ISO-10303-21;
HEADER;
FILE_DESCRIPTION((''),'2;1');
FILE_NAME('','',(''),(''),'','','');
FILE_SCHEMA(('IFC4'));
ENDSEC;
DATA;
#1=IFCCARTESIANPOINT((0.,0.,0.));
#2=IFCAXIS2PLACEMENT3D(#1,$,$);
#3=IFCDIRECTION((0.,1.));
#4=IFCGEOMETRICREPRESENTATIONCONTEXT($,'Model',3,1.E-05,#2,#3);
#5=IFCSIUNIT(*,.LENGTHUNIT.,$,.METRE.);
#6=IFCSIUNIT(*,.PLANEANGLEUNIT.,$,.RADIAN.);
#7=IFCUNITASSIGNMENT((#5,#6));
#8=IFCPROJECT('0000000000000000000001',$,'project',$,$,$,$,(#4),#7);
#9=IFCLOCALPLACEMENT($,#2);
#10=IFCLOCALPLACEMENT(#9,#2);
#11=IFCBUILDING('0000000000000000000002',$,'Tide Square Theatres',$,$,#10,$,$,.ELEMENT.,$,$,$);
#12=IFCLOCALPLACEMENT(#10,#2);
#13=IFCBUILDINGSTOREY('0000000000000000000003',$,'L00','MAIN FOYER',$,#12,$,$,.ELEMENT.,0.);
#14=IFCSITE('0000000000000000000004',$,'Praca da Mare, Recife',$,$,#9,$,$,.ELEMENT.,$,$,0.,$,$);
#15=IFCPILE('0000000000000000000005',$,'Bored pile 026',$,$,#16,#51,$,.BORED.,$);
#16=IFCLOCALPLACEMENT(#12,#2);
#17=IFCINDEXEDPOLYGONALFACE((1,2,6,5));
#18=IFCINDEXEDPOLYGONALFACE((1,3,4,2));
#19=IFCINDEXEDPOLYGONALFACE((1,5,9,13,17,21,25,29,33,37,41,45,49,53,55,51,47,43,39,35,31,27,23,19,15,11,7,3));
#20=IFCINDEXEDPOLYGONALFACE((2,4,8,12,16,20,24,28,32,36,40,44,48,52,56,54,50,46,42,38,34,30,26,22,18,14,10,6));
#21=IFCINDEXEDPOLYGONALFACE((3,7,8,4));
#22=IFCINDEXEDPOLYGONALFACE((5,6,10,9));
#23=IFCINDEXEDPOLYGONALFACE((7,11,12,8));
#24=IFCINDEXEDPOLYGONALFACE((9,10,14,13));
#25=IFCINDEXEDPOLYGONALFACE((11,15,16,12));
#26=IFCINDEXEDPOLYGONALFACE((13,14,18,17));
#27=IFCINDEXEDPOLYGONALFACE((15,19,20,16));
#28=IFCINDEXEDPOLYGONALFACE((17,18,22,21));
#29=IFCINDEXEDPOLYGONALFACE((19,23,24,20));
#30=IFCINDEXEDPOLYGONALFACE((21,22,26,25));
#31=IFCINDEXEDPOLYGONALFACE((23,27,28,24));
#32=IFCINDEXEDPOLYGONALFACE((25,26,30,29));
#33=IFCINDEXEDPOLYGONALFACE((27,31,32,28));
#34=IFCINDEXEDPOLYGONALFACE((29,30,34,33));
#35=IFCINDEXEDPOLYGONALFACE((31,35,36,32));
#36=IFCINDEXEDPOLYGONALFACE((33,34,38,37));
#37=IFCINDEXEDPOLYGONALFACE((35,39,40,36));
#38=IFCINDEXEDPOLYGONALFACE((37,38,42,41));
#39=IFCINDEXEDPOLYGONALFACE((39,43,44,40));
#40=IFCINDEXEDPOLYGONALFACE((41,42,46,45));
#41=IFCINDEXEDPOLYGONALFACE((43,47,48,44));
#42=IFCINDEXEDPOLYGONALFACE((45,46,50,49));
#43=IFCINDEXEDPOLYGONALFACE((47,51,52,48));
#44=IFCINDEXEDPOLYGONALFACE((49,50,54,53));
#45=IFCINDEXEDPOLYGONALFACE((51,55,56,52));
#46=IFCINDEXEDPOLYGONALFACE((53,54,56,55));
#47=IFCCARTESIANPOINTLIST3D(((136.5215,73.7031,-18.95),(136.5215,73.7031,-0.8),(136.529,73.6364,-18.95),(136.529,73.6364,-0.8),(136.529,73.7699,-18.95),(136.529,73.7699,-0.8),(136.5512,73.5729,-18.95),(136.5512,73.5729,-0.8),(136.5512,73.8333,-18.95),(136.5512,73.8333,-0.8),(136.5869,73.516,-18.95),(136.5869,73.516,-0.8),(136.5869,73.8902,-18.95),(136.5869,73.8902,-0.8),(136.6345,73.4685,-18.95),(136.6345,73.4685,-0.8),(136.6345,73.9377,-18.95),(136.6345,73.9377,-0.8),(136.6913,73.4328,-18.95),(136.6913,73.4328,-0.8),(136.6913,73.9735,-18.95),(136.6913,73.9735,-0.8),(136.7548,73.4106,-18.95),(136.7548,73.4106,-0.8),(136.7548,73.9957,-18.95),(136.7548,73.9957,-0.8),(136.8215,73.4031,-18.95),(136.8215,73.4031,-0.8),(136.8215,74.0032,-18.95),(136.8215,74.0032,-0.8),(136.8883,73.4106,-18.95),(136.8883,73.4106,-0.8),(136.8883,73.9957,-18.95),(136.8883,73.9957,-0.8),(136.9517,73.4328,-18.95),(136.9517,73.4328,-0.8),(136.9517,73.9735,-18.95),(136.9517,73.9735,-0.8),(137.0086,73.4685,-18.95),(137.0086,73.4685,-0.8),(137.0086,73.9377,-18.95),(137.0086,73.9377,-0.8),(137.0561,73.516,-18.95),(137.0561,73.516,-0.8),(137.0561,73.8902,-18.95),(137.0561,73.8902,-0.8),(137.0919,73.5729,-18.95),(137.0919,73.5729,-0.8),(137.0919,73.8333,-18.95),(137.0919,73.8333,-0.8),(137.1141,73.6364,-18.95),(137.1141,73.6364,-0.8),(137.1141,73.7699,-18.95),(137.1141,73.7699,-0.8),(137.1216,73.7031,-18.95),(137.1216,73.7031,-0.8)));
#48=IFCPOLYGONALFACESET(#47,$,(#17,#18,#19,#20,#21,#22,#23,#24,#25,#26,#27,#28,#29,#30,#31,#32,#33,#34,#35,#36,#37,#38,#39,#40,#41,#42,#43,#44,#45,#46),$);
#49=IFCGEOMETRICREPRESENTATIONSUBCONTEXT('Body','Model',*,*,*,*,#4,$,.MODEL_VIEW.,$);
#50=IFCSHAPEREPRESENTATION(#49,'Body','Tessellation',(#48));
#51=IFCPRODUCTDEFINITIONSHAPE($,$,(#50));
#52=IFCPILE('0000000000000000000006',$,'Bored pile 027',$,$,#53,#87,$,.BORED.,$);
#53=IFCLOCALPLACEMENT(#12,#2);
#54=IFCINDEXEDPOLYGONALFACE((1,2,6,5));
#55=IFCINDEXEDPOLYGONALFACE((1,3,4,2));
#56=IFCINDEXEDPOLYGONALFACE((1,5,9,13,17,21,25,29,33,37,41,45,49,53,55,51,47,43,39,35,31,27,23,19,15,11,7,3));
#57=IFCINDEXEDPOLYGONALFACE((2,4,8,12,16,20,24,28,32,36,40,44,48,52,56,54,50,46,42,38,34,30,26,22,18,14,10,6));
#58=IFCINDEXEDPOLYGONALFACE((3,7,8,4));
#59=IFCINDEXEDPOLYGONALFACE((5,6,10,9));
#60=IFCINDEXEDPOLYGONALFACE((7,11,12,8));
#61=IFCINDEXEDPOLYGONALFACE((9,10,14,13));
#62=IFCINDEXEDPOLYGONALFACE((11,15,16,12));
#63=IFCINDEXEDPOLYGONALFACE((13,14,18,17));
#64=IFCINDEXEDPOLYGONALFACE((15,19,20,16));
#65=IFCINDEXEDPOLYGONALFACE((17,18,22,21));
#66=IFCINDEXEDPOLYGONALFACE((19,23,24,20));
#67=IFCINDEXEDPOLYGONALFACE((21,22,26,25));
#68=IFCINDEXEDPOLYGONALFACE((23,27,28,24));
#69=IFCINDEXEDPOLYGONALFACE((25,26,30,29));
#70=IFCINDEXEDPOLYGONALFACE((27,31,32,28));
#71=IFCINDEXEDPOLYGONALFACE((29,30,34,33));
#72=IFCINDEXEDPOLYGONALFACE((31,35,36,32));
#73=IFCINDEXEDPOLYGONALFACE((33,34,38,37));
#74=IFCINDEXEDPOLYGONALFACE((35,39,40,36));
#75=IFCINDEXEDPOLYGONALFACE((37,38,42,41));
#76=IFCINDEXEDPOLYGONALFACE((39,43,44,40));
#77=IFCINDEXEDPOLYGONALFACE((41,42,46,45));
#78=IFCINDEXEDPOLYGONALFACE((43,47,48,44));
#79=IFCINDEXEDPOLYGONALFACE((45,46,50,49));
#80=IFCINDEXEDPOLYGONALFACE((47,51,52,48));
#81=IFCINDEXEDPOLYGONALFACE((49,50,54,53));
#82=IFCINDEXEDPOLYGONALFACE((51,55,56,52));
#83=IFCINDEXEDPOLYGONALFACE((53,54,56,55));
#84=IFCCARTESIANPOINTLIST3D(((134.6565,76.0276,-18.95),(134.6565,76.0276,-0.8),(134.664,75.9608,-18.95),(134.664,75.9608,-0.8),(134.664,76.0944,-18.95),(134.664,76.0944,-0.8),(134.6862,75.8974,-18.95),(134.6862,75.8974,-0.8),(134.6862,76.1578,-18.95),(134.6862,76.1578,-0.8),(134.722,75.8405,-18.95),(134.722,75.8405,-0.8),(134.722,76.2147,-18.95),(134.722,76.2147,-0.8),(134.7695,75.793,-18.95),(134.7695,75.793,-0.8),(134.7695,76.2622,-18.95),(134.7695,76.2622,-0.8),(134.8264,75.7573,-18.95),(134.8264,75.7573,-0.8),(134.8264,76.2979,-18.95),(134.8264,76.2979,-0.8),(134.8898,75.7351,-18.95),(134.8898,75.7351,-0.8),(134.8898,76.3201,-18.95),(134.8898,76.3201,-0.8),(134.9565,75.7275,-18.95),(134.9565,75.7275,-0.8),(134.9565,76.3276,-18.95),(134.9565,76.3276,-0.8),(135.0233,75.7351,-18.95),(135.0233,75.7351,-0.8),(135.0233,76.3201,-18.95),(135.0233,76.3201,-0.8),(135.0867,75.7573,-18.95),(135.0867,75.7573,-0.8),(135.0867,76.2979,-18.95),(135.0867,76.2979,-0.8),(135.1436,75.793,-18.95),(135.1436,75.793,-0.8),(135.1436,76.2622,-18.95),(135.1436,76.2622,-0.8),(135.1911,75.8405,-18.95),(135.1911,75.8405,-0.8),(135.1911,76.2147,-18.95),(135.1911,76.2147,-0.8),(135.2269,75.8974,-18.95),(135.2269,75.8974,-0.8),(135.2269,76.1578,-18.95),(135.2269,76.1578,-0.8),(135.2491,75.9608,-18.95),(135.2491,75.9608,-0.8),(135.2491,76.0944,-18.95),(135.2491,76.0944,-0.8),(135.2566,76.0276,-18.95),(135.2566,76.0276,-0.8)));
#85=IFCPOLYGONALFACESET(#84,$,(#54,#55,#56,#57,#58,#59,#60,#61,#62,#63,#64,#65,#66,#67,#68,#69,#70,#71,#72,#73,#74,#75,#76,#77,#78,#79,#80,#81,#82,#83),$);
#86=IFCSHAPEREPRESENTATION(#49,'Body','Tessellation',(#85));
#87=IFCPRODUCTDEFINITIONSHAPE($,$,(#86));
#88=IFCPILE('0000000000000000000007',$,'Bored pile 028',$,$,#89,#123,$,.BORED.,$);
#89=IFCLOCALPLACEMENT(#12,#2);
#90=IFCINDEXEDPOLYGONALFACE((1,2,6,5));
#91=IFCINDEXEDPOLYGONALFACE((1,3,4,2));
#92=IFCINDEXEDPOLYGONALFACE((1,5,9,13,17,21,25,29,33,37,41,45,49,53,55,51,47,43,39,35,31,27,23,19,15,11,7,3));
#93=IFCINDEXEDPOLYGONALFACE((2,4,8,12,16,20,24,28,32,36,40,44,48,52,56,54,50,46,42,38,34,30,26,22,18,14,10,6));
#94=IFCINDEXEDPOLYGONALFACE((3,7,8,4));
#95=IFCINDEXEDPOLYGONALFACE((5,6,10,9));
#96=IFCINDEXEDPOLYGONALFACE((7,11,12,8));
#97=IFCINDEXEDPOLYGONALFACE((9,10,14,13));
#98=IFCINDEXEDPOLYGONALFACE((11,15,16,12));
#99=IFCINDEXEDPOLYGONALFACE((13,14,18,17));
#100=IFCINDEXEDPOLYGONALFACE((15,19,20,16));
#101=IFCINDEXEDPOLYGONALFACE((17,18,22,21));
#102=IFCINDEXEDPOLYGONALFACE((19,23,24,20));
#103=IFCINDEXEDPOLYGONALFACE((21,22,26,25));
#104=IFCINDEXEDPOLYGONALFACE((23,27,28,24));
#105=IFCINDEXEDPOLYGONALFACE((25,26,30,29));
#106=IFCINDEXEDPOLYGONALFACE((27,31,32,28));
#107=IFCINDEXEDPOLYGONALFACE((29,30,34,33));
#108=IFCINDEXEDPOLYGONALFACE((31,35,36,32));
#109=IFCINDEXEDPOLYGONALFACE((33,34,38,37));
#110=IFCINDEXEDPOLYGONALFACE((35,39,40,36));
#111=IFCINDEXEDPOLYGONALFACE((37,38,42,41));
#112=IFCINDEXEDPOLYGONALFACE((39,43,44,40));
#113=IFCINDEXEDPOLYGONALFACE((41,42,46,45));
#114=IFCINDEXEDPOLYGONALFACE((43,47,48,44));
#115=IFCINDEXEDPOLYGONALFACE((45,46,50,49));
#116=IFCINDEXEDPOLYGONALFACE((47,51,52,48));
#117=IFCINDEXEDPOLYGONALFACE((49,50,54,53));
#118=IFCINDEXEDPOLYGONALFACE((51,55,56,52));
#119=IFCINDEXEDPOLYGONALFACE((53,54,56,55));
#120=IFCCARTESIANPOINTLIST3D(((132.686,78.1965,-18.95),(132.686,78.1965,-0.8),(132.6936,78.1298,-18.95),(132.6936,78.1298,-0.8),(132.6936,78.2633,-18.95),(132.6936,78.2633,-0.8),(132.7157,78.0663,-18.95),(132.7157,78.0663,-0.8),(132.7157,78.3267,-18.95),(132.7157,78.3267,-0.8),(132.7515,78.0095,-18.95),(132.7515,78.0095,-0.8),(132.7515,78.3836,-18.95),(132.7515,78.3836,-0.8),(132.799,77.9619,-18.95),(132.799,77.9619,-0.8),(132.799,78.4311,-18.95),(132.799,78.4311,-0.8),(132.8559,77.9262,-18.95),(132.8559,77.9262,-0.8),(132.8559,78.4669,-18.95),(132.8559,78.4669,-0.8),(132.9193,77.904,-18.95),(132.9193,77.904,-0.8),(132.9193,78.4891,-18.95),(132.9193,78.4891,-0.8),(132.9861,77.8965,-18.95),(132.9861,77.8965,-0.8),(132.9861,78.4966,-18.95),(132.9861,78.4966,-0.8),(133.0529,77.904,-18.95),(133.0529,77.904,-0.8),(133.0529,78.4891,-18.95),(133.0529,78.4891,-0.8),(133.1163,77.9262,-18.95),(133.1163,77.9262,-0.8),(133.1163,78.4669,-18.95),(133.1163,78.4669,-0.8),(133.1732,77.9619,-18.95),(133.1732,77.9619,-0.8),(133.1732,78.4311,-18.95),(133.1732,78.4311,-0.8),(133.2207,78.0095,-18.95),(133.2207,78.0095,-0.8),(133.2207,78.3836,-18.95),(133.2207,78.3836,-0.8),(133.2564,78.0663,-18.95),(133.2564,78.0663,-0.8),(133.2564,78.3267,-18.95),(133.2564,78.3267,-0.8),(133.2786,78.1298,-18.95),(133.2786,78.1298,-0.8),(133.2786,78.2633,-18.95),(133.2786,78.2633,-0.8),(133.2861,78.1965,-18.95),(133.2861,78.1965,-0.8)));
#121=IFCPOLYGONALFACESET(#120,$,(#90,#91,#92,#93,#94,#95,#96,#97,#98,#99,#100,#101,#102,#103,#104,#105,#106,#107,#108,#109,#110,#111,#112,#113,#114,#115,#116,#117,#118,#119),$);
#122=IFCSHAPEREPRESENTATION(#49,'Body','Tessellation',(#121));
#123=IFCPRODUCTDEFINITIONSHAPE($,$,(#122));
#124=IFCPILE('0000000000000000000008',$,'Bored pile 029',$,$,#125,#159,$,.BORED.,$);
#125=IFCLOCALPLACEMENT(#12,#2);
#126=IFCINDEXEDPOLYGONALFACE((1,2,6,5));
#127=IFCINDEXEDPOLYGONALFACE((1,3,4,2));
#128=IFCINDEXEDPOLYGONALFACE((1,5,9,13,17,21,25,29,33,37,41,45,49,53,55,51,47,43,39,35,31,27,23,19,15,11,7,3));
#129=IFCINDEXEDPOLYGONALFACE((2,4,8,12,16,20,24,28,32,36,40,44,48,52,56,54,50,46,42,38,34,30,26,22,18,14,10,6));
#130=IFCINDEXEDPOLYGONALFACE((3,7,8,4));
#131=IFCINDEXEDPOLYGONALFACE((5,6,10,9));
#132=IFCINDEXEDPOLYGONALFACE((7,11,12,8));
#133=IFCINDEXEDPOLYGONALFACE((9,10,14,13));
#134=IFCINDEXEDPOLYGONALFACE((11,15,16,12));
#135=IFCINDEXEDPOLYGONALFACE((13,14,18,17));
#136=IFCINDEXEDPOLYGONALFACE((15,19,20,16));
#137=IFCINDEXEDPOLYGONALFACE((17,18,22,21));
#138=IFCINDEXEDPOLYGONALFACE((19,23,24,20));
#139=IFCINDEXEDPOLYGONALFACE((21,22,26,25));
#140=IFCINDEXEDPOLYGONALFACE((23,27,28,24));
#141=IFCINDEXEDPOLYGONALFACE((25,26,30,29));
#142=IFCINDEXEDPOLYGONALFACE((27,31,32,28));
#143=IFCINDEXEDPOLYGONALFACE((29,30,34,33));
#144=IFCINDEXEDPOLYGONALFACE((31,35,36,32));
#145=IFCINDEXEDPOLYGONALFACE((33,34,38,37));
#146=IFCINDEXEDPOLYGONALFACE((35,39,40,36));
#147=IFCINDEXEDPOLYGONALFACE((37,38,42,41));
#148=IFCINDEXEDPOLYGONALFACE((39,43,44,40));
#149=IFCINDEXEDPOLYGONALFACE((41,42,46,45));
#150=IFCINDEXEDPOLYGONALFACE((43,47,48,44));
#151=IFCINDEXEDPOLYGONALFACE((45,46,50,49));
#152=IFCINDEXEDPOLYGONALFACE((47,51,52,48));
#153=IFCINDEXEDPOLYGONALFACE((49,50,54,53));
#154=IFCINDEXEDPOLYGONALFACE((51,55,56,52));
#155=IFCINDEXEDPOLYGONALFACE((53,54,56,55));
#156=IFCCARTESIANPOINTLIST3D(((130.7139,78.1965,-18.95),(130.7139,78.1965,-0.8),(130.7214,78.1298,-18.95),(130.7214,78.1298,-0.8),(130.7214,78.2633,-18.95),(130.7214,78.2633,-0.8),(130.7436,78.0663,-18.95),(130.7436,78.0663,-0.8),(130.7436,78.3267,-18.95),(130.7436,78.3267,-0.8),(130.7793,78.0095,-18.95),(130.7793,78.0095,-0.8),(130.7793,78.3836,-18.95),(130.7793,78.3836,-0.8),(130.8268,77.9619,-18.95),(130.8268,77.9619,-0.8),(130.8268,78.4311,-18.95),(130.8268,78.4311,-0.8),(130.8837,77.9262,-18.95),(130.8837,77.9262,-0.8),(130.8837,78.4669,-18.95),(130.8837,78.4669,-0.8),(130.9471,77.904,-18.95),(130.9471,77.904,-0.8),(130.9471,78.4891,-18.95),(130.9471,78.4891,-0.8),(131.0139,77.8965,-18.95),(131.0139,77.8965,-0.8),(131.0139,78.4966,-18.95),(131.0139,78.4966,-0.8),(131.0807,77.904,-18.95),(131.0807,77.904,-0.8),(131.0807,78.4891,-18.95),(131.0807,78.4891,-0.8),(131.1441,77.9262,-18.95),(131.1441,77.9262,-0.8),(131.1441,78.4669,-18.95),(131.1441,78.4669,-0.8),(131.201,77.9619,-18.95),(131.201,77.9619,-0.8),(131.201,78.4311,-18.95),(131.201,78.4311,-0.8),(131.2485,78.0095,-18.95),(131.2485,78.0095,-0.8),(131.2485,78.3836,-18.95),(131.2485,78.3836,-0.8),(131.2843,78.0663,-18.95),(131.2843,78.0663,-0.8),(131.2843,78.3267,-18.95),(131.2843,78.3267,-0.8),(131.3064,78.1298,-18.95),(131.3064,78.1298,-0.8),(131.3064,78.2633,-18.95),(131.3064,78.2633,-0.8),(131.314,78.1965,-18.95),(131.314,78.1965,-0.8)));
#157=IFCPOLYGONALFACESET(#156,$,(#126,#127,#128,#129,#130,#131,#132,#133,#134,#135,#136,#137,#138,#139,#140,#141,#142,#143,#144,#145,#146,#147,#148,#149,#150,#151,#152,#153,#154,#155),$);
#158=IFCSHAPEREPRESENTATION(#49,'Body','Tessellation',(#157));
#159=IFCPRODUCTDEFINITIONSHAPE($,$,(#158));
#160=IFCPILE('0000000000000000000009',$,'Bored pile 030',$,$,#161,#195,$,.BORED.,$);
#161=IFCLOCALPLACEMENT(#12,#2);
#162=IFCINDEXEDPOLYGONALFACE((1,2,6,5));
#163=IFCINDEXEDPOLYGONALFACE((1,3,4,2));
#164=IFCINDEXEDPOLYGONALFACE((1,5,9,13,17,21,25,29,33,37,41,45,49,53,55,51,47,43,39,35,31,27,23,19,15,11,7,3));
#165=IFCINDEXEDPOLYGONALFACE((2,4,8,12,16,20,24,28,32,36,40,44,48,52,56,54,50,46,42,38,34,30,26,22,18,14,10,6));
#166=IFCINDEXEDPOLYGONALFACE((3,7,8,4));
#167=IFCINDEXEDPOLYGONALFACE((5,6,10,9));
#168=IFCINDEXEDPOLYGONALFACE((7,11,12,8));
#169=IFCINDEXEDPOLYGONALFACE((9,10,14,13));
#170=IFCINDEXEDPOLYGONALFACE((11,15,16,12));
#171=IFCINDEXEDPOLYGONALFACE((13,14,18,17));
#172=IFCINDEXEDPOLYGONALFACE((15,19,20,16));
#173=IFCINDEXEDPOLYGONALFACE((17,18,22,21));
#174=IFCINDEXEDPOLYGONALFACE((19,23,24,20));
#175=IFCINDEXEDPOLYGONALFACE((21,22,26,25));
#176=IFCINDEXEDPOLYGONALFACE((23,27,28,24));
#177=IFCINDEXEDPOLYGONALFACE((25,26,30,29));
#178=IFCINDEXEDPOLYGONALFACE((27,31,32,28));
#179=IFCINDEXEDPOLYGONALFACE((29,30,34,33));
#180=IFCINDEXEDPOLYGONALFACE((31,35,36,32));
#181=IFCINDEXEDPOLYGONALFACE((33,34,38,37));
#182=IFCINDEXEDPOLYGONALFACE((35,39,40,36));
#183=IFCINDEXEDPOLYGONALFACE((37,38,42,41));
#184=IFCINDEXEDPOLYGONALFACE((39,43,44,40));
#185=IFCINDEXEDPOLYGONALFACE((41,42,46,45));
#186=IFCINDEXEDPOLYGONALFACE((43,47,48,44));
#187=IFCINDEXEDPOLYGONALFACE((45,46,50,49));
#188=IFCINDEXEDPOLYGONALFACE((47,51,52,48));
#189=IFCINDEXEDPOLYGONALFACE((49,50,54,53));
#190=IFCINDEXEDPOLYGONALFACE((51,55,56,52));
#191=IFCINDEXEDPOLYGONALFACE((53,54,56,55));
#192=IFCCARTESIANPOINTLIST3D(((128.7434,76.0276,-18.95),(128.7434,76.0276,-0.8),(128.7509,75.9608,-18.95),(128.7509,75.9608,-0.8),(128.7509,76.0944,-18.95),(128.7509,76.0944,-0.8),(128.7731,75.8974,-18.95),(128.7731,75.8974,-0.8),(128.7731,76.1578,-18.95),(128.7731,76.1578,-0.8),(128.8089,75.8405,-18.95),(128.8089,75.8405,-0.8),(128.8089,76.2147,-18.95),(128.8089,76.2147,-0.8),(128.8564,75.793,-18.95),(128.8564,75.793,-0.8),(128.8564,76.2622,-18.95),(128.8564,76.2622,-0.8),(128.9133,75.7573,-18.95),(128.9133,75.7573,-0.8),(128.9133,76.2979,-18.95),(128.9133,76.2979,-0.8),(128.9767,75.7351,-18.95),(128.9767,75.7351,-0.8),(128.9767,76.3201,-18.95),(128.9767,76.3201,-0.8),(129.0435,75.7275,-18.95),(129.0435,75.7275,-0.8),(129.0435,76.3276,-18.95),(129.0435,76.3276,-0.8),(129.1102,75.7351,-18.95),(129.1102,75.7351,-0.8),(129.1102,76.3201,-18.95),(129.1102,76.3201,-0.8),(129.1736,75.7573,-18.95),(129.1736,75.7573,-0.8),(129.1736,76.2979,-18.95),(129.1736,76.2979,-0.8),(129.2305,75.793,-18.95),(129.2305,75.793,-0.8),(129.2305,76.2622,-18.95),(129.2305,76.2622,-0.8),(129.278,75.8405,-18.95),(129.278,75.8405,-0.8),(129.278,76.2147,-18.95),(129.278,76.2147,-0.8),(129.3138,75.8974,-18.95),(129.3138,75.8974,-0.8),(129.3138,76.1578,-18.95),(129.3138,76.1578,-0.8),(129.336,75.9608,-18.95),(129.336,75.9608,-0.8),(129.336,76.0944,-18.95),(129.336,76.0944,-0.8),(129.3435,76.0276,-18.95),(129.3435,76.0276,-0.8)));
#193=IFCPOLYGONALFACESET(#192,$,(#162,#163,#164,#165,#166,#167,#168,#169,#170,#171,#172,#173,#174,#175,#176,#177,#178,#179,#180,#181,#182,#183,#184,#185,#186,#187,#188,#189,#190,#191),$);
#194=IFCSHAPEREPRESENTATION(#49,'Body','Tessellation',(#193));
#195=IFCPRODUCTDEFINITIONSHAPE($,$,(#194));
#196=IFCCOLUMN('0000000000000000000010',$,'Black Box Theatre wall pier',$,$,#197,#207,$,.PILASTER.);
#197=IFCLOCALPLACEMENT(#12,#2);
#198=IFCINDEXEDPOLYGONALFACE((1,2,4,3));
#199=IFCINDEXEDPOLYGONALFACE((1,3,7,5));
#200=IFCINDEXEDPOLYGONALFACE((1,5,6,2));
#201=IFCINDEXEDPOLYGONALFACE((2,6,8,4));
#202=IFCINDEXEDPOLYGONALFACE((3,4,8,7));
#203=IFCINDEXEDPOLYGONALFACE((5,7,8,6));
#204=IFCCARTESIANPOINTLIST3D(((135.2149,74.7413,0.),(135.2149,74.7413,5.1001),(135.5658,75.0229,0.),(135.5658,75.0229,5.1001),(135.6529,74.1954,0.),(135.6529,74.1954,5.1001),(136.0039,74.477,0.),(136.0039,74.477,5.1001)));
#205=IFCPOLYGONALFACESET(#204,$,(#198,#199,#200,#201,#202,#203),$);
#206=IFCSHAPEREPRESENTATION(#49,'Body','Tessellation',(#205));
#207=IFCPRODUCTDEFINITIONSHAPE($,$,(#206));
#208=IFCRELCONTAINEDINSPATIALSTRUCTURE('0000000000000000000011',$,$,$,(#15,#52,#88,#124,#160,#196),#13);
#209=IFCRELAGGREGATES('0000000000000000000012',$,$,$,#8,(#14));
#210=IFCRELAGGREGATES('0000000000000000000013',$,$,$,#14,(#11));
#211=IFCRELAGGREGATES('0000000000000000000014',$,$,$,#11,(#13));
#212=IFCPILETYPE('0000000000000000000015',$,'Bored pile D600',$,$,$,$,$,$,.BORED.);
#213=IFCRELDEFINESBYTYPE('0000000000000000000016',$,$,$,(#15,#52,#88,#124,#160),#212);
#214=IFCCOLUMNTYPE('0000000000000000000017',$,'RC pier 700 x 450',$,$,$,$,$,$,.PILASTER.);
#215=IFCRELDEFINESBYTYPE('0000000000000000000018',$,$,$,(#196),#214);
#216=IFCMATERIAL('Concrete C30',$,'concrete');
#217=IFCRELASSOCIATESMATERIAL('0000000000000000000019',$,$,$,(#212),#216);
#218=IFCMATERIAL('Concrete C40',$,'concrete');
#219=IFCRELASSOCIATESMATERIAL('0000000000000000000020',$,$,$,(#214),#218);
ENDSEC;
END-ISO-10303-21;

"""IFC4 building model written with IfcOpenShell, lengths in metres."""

from ifc_helpers import new_model, si_unit, direction, frame, origin, origin_2d, place, context, subcontext, project, spatial, rectangle, circle, extrude, material, material_profile, profile_set, type_object, element, save


model = new_model("IFC4")

# Units and contexts
model_context = context("Model", 3, precision=1e-05, world=origin(), true_north=direction((0.0, 1.0)))
body_context = subcontext(model_context, "Body", "Model", "MODEL_VIEW")
ifc_project = project(units=[si_unit("LENGTHUNIT", "METRE"), si_unit("PLANEANGLEUNIT", "RADIAN")], contexts=[model_context])

# Site, building, storey
site_placement = place(None, origin())
site = spatial("IfcSite", under=ifc_project, at=site_placement, Name="Praca da Mare, Recife", CompositionType="ELEMENT", RefElevation=0.0)
building_placement = place(site_placement, origin())
building = spatial("IfcBuilding", under=site, at=building_placement, Name="Tide Square Theatres", CompositionType="ELEMENT")
storey_placement = place(building_placement, origin())
storey = spatial("IfcBuildingStorey", under=building, at=storey_placement, Name="L00", Description="MAIN FOYER", CompositionType="ELEMENT", Elevation=0.0)

# Piles
ifc_material_1 = material(Name="Concrete C30", Category="concrete")
ifc_material_profile_1 = material_profile(ifc_material_1, circle(Radius=0.3, at=origin_2d()))
ifc_profile_set_1 = profile_set([ifc_material_profile_1], Name="Concrete C30")
pile_type = type_object("IfcPileType", Name="Bored pile D600", PredefinedType="BORED", material=ifc_profile_set_1)
for number, where, z_axis, x_axis, name in (
    (1, (136.8215, 73.7031, -0.8), (0.0, 0.0, -1.0), (1.0, 0.0, 0.0), "Bored pile 026"),
    (2, (134.9565, 76.0276, -0.8), (0.0, 0.0, -1.0), (1.0, 0.0, 0.0), "Bored pile 027"),
    (3, (132.9861, 78.1965, -0.8), (0.0, 0.0, -1.0), (1.0, 0.0, 0.0), "Bored pile 028"),
    (4, (131.0139, 78.1965, -0.8), (0.0, 0.0, -1.0), (1.0, 0.0, 0.0), "Bored pile 029"),
    (5, (129.0435, 76.0276, -0.8), (0.0, 0.0, -1.0), (1.0, 0.0, 0.0), "Bored pile 030"),
):
    element("IfcPile", number, at=place(storey_placement, frame(where, z_axis=z_axis, x_axis=x_axis)), inside=storey, type_object=pile_type, Name=name, PredefinedType="BORED", context=body_context, shape_type="SweptSolid", body=[
        extrude(circle(Radius=0.3, at=origin_2d()), origin(), (0.0, 0.0, 1.0), 18.1499),
    ])

# Column
ifc_material_2 = material(Name="Concrete C40", Category="concrete")
ifc_material_profile_2 = material_profile(ifc_material_2, rectangle(XDim=0.7, YDim=0.45, at=origin_2d()))
ifc_profile_set_2 = profile_set([ifc_material_profile_2], Name="Concrete C40")
column_type_1 = type_object("IfcColumnType", Name="RC pier 700 x 450", PredefinedType="PILASTER", material=ifc_profile_set_2)
column_1_placement = place(storey_placement, frame((135.6094, 74.6091, 0.0), z_axis=(0.0, 0.0, 1.0), x_axis=(-0.625819, 0.779968, 0.0)))
element("IfcColumn", 6, at=column_1_placement, inside=storey, type_object=column_type_1, Name="Black Box Theatre wall pier", PredefinedType="PILASTER", context=body_context, shape_type="SweptSolid", body=[
    extrude(rectangle(XDim=0.7, YDim=0.45, at=origin_2d()), origin(), (0.0, 0.0, 1.0), 5.1001),
])

save(model, "model.ifc")
